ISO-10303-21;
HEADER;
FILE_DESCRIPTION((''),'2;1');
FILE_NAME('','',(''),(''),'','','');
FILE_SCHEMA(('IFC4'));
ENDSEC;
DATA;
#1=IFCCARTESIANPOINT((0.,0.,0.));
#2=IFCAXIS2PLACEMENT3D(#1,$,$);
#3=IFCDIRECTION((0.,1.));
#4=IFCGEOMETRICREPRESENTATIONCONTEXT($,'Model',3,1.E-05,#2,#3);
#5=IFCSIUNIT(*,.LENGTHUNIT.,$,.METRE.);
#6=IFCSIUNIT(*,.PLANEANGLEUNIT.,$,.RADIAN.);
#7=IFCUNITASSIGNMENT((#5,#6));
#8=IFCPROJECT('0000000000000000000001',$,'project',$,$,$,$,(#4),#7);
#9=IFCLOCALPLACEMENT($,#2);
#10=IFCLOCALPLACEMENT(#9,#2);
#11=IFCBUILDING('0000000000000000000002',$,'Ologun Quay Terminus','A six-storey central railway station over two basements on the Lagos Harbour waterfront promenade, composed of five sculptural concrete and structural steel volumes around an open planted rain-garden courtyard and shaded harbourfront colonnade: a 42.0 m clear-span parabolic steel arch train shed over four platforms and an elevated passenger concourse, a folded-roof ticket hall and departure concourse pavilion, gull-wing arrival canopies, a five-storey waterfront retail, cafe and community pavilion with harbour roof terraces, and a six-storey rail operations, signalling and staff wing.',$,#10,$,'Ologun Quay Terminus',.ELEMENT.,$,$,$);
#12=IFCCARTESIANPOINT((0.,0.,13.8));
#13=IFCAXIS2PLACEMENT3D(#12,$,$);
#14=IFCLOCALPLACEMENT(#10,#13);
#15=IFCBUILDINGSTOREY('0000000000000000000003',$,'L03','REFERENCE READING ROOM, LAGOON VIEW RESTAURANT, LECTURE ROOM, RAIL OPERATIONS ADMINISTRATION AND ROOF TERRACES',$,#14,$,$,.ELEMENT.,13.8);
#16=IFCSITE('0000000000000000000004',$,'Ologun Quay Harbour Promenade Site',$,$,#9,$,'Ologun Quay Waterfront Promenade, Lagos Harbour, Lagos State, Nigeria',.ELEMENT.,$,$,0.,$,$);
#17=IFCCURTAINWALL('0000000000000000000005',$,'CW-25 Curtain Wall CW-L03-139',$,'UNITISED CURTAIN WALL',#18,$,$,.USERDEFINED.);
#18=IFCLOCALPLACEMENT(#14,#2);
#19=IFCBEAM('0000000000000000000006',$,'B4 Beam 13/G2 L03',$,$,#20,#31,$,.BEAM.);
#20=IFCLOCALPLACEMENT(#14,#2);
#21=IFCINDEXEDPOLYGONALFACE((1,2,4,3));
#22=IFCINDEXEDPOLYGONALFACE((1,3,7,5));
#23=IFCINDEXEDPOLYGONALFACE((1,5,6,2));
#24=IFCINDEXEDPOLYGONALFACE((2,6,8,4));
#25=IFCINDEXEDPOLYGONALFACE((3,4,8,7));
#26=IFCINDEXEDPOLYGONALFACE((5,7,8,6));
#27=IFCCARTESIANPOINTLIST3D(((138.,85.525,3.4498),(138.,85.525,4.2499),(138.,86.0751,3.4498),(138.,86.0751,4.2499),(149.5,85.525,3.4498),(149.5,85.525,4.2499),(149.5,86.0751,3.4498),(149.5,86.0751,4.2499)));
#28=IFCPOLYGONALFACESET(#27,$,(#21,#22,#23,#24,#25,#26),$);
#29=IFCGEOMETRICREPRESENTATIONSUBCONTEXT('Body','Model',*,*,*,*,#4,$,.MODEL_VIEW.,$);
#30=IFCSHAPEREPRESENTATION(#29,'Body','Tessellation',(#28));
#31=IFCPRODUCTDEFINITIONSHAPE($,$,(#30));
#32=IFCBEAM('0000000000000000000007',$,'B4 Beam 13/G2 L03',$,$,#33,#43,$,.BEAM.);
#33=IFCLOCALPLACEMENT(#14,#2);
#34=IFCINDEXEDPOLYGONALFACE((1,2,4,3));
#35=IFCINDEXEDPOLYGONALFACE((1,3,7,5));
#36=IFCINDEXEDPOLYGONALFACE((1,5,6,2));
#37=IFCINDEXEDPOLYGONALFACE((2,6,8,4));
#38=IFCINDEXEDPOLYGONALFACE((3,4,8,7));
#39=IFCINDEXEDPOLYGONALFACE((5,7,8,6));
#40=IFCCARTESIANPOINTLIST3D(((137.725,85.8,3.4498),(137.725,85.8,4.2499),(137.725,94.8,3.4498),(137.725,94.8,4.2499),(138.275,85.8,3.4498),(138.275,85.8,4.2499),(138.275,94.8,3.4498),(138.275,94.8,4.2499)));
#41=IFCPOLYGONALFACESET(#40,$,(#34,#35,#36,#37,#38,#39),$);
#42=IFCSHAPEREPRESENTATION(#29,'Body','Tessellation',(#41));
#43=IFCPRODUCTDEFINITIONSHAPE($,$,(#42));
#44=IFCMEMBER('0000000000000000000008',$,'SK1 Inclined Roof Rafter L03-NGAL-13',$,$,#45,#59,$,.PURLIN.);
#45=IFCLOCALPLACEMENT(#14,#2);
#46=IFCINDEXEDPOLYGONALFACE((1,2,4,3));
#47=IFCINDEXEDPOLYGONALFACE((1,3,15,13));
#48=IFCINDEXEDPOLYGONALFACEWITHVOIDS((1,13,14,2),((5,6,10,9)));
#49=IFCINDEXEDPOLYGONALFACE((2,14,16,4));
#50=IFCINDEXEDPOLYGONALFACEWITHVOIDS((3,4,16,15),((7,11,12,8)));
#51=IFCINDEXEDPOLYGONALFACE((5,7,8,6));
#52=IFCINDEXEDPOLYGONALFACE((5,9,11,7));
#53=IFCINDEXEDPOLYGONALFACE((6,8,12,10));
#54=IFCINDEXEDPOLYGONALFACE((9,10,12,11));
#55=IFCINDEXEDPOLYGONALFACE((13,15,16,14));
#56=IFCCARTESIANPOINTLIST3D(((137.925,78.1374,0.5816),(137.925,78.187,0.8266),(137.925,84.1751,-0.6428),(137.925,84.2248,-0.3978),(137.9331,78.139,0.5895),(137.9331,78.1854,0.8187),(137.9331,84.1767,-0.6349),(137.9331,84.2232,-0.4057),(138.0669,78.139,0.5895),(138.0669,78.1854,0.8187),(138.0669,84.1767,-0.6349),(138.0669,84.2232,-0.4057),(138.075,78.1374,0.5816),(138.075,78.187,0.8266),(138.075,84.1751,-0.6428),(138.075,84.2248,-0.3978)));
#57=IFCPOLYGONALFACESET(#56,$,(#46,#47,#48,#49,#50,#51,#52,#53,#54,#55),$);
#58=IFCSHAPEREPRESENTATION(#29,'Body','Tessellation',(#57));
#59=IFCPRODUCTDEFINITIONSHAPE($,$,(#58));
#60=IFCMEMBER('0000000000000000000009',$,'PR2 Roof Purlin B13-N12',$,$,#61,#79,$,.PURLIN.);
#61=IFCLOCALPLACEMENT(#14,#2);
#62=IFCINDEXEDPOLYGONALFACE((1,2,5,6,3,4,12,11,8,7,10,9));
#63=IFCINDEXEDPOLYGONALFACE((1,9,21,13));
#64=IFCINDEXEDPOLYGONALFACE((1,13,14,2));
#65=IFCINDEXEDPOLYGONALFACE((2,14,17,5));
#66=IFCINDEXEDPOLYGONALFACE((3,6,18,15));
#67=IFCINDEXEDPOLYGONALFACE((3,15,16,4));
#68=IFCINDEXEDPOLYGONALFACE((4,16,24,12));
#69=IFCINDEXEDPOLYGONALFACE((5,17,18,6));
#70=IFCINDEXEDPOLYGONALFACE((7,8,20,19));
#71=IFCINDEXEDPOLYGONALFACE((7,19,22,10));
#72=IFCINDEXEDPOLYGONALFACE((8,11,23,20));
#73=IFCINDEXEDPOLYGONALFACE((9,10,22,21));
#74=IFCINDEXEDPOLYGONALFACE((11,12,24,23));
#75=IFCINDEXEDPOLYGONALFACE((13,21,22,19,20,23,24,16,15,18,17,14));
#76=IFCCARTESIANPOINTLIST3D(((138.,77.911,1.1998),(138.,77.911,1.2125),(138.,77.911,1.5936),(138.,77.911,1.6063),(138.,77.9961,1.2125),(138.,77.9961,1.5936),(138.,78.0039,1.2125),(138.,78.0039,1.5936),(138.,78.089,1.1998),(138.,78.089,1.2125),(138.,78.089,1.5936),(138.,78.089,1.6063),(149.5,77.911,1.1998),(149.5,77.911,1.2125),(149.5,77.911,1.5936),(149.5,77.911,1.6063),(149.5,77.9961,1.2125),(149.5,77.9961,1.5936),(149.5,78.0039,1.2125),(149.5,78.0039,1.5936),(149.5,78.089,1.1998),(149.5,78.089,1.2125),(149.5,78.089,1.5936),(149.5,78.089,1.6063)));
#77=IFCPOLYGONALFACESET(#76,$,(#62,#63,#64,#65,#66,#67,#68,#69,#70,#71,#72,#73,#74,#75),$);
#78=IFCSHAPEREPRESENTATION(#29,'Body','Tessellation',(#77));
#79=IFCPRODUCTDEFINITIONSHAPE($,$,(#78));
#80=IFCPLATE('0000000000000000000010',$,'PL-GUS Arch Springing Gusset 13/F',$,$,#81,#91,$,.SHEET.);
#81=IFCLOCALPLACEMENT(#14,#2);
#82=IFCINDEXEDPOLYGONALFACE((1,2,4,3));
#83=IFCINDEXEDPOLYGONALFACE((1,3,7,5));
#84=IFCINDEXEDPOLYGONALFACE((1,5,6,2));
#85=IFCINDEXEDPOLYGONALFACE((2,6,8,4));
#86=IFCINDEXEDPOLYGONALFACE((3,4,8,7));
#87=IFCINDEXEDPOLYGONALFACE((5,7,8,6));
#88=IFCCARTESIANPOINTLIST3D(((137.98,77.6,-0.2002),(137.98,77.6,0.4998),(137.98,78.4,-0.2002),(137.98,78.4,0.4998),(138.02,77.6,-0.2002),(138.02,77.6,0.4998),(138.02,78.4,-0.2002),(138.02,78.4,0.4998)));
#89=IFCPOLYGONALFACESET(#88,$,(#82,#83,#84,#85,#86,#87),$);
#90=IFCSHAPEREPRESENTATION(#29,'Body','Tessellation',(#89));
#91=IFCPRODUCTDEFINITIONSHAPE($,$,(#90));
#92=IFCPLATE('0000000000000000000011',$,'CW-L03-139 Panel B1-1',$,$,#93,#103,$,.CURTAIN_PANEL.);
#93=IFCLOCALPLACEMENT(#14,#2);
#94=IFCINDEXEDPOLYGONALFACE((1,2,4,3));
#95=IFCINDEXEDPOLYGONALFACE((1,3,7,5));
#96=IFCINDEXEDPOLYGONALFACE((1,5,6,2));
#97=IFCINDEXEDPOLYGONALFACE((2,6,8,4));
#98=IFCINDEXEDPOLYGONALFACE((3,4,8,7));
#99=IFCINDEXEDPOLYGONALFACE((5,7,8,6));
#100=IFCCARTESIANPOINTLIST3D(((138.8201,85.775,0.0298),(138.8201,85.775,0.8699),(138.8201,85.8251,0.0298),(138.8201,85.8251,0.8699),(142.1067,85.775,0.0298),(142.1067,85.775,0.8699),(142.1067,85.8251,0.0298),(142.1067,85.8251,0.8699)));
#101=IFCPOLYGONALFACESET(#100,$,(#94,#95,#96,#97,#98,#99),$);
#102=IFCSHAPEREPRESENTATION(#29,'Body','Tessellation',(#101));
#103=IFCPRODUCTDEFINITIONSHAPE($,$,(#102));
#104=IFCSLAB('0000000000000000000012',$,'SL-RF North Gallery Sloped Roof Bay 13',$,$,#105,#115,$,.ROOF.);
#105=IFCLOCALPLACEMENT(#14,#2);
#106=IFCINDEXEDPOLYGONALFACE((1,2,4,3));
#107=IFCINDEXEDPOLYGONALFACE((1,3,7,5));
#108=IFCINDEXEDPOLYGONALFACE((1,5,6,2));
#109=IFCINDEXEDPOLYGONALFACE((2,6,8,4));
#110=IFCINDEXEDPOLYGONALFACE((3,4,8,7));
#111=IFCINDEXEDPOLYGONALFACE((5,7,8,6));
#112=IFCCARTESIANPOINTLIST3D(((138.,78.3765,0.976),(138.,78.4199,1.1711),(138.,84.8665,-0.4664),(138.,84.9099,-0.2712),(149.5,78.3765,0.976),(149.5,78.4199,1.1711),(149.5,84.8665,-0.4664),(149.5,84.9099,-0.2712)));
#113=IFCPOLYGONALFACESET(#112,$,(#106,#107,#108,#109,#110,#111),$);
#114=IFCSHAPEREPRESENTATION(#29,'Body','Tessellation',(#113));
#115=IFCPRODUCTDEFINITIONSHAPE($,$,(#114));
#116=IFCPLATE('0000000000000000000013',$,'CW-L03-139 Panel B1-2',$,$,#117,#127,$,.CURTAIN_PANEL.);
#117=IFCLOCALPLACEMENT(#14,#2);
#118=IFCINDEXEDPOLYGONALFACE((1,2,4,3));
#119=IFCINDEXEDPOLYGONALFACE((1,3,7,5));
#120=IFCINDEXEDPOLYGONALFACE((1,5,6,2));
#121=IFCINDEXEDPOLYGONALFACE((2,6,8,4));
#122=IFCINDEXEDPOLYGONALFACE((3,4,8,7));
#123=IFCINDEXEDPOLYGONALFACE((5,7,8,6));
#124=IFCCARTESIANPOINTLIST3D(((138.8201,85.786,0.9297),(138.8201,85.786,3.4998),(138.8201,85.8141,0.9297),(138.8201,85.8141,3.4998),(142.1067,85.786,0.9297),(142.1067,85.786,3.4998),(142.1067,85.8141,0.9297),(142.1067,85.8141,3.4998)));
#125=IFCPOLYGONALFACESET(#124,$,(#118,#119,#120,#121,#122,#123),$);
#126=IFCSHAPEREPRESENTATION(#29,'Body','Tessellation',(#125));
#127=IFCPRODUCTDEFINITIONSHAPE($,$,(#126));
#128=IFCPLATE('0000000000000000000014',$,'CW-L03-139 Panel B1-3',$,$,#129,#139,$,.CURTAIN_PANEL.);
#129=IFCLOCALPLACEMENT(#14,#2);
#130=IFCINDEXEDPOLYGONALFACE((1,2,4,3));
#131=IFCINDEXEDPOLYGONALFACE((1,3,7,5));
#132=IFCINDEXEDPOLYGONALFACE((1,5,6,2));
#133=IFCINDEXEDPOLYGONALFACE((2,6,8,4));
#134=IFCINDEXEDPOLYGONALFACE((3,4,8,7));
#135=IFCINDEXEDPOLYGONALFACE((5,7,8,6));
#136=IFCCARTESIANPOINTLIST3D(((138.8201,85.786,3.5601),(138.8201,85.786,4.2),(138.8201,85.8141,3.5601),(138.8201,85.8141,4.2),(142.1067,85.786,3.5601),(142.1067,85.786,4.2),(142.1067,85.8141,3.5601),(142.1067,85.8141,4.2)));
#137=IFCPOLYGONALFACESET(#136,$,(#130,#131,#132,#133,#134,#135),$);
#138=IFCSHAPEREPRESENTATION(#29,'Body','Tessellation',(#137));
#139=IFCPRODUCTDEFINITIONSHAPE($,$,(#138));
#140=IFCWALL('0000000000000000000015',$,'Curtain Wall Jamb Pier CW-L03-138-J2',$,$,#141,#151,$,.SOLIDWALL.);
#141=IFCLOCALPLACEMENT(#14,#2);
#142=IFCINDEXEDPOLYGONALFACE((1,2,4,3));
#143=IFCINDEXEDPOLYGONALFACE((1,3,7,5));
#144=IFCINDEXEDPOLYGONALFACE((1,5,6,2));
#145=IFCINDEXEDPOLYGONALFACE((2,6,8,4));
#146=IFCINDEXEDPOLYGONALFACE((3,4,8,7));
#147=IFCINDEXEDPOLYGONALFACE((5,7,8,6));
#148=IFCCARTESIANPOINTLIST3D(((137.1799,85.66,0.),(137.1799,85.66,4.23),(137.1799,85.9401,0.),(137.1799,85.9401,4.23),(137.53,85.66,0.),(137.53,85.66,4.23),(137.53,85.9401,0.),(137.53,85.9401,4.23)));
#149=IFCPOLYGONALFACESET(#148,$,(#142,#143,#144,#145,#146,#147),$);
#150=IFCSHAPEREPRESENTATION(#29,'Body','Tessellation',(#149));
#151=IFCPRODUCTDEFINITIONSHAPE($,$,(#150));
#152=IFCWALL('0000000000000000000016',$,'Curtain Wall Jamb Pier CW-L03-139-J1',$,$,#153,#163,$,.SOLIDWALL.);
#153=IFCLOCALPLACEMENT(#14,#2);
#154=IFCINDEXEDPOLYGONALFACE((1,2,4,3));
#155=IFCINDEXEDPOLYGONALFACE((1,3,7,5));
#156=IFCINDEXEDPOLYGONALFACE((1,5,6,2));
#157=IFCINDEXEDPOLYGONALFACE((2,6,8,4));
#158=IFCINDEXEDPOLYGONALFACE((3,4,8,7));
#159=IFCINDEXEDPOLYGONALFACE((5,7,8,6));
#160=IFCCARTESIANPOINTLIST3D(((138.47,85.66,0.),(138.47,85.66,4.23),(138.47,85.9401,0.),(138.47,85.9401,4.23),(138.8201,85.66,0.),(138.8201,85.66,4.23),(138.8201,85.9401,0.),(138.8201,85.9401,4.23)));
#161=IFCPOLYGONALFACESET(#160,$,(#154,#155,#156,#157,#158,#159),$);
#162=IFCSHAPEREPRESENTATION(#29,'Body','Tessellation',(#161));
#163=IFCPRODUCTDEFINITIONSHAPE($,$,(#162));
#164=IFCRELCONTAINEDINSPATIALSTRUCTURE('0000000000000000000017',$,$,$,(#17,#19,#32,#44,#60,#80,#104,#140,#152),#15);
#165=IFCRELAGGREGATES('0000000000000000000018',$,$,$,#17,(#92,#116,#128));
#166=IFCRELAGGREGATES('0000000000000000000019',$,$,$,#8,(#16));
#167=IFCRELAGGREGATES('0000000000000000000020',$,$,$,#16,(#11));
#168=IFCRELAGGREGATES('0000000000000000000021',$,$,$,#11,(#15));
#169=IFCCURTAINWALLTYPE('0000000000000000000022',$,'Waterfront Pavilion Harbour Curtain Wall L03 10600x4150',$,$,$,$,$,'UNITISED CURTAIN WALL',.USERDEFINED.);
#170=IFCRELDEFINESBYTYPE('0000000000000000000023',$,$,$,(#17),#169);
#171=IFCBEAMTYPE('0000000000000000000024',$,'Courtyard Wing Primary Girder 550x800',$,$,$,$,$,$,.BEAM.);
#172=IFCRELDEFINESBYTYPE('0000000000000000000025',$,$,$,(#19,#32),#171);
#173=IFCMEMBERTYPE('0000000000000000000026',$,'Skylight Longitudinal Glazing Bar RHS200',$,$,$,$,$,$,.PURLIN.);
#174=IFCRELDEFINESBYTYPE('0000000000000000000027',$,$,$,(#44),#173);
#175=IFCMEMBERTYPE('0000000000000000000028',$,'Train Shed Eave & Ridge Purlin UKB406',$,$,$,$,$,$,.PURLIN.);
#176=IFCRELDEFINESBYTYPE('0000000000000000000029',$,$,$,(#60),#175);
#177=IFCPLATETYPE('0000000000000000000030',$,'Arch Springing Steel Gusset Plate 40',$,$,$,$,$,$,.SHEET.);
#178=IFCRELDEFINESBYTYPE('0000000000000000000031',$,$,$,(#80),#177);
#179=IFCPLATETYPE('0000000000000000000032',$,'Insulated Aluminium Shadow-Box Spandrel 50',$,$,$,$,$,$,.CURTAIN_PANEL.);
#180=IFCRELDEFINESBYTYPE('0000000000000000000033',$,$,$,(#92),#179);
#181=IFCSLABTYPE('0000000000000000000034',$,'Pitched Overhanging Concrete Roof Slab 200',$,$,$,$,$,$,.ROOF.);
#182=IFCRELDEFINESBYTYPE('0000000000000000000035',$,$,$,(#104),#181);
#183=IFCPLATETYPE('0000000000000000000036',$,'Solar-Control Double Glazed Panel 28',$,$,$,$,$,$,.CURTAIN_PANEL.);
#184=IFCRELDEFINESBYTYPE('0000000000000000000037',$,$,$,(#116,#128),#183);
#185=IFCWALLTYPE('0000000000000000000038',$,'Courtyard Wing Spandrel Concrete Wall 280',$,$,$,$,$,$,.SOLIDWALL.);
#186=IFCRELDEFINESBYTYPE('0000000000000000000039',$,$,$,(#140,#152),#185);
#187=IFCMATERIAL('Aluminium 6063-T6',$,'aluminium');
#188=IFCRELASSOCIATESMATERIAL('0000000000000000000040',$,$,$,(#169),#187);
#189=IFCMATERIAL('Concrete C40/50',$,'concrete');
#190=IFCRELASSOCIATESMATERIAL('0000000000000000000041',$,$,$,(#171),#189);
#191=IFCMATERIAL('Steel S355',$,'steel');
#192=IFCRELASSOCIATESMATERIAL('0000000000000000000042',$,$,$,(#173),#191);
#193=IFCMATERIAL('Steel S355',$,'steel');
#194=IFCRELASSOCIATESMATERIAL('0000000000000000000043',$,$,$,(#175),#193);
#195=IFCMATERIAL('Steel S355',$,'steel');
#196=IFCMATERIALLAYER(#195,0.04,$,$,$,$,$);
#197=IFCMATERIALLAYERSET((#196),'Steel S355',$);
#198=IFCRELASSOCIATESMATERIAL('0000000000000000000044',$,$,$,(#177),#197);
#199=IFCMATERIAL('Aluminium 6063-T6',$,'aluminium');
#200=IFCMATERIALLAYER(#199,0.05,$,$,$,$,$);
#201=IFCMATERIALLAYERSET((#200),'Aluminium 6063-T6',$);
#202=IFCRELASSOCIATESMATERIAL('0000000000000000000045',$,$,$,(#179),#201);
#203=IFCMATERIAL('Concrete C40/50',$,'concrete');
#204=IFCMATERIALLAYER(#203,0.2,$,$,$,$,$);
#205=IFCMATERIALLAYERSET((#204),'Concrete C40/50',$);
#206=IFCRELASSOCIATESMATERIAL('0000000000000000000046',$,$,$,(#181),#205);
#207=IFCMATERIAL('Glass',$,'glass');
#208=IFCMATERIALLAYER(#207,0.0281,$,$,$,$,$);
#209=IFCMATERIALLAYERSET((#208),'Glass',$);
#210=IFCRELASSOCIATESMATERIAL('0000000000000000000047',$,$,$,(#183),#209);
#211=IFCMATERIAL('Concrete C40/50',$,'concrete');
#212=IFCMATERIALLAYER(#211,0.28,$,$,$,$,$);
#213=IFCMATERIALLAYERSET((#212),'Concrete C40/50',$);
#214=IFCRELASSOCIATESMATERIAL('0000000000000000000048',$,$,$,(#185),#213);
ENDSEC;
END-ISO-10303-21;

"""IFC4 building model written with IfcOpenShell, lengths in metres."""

from ifc_helpers import new_model, si_unit, direction, frame, frame_2d, origin, origin_2d, place, context, subcontext, project, spatial, polyline, rectangle, hollow_rectangle, i_section, outline, extrude, material, layer, layer_set, material_profile, profile_set, type_object, element, aggregate, save


model = new_model("IFC4")

# Units and contexts
model_context = context("Model", 3, precision=1e-05, world=origin(), true_north=direction((0.0, 1.0)))
body_context = subcontext(model_context, "Body", "Model", "MODEL_VIEW")
ifc_project = project(units=[si_unit("LENGTHUNIT", "METRE"), si_unit("PLANEANGLEUNIT", "RADIAN")], contexts=[model_context])

# Site, building, storey
site_placement = place(None, origin())
site = spatial("IfcSite", under=ifc_project, at=site_placement, Name="Ologun Quay Harbour Promenade Site", LongName="Ologun Quay Waterfront Promenade, Lagos Harbour, Lagos State, Nigeria", CompositionType="ELEMENT", RefElevation=0.0)
building_placement = place(site_placement, origin())
building = spatial("IfcBuilding", under=site, at=building_placement, Name="Ologun Quay Terminus", Description="A six-storey central railway station over two basements on the Lagos Harbour waterfront promenade, composed of five sculptural concrete and structural steel volumes around an open planted rain-garden courtyard and shaded harbourfront colonnade: a 42.0 m clear-span parabolic steel arch train shed over four platforms and an elevated passenger concourse, a folded-roof ticket hall and departure concourse pavilion, gull-wing arrival canopies, a five-storey waterfront retail, cafe and community pavilion with harbour roof terraces, and a six-storey rail operations, signalling and staff wing.", LongName="Ologun Quay Terminus", CompositionType="ELEMENT")
storey_placement = place(building_placement, frame((0.0, 0.0, 13.8)))
storey = spatial("IfcBuildingStorey", under=building, at=storey_placement, Name="L03", Description="REFERENCE READING ROOM, LAGOON VIEW RESTAURANT, LECTURE ROOM, RAIL OPERATIONS ADMINISTRATION AND ROOF TERRACES", CompositionType="ELEMENT", Elevation=13.8)

# Shared definitions
ifc_material_1 = material(Name="Aluminium 6063-T6", Category="aluminium")
curtain_wall_type = type_object("IfcCurtainWallType", Name="Waterfront Pavilion Harbour Curtain Wall L03 10600x4150", ElementType="UNITISED CURTAIN WALL", PredefinedType="USERDEFINED", material=ifc_material_1)

# Curtain wall
curtain_wall_1_placement = place(storey_placement, origin())
curtain_wall_1 = element("IfcCurtainWall", 1, at=curtain_wall_1_placement, inside=storey, type_object=curtain_wall_type, Name="CW-25 Curtain Wall CW-L03-139", ObjectType="UNITISED CURTAIN WALL", PredefinedType="USERDEFINED")

# Beams
ifc_material_2 = material(Name="Concrete C40/50", Category="concrete")
ifc_material_profile_1 = material_profile(ifc_material_2, rectangle(XDim=0.55, YDim=0.8, at=origin_2d()), Name="RC 550x800")
ifc_profile_set_1 = profile_set([ifc_material_profile_1], Name="Concrete C40/50")
beam_type = type_object("IfcBeamType", Name="Courtyard Wing Primary Girder 550x800", PredefinedType="BEAM", material=ifc_profile_set_1)
beam_1_placement = place(storey_placement, frame((138.0, 85.8, 3.8499), z_axis=(1.0, 0.0, 0.0), x_axis=(0.0, 1.0, 0.0)))
element("IfcBeam", 2, at=beam_1_placement, inside=storey, type_object=beam_type, Name="B4 Beam 13/G2 L03", PredefinedType="BEAM", context=body_context, shape_type="SweptSolid", body=[
    extrude(rectangle(XDim=0.55, YDim=0.8, at=origin_2d()), origin(), (0.0, 0.0, 1.0), 11.5),
])
beam_2_placement = place(storey_placement, frame((138.0, 85.8, 3.8499), z_axis=(0.0, 1.0, 0.0), x_axis=(-1.0, 0.0, 0.0)))
element("IfcBeam", 3, at=beam_2_placement, inside=storey, type_object=beam_type, Name="B4 Beam 13/G2 L03", PredefinedType="BEAM", context=body_context, shape_type="SweptSolid", body=[
    extrude(rectangle(XDim=0.55, YDim=0.8, at=origin_2d()), origin(), (0.0, 0.0, 1.0), 9.0),
])

# Members
ifc_material_3 = material(Name="Steel S355", Category="steel")
ifc_material_profile_2 = material_profile(ifc_material_3, hollow_rectangle(XDim=0.1499, YDim=0.25, WallThickness=0.0081, at=origin_2d()), Name="RHS 250x150x8")
ifc_profile_set_2 = profile_set([ifc_material_profile_2], Name="Steel S355")
member_type_1 = type_object("IfcMemberType", Name="Skylight Longitudinal Glazing Bar RHS200", PredefinedType="PURLIN", material=ifc_profile_set_2)
member_1_placement = place(storey_placement, frame((138.0, 84.2, -0.5203), z_axis=(0.0, -0.980053, 0.198737), x_axis=(1.0, 0.0, 0.0)))
element("IfcMember", 4, at=member_1_placement, inside=storey, type_object=member_type_1, Name="SK1 Inclined Roof Rafter L03-NGAL-13", PredefinedType="PURLIN", context=body_context, shape_type="SweptSolid", body=[
    extrude(hollow_rectangle(XDim=0.1499, YDim=0.25, WallThickness=0.0081, at=origin_2d()), origin(), (0.0, 0.0, 1.0), 6.1606),
])
ifc_material_4 = material(Name="Steel S355", Category="steel")
ifc_material_profile_3 = material_profile(ifc_material_4, i_section(OverallWidth=0.178, OverallDepth=0.4065, WebThickness=0.0078, FlangeThickness=0.0127, at=origin_2d()), Name="UKB 406x178x60")
ifc_profile_set_3 = profile_set([ifc_material_profile_3], Name="Steel S355")
member_type_2 = type_object("IfcMemberType", Name="Train Shed Eave & Ridge Purlin UKB406", PredefinedType="PURLIN", material=ifc_profile_set_3)
member_2_placement = place(storey_placement, frame((138.0, 78.0, 1.4031), z_axis=(1.0, 0.0, 0.0), x_axis=(0.0, 1.0, 0.0)))
element("IfcMember", 5, at=member_2_placement, inside=storey, type_object=member_type_2, Name="PR2 Roof Purlin B13-N12", PredefinedType="PURLIN", context=body_context, shape_type="SweptSolid", body=[
    extrude(i_section(OverallWidth=0.178, OverallDepth=0.4065, WebThickness=0.0078, FlangeThickness=0.0127, at=origin_2d()), origin(), (0.0, 0.0, 1.0), 11.5),
])

# Plates
ifc_material_5 = material(Name="Steel S355", Category="steel")
ifc_layer_1 = layer(ifc_material_5, 0.04)
ifc_layer_set_1 = layer_set([ifc_layer_1], Name="Steel S355")
plate_type_1 = type_object("IfcPlateType", Name="Arch Springing Steel Gusset Plate 40", PredefinedType="SHEET", material=ifc_layer_set_1)
plate_1_placement = place(storey_placement, frame((138.0, 78.0, -0.2002), z_axis=(0.0, 0.0, 1.0), x_axis=(0.0, 1.0, 0.0)))
element("IfcPlate", 6, at=plate_1_placement, inside=storey, type_object=plate_type_1, Name="PL-GUS Arch Springing Gusset 13/F", PredefinedType="SHEET", context=body_context, shape_type="SweptSolid", body=[
    extrude(rectangle(XDim=0.8, YDim=0.04, at=origin_2d()), origin(), (0.0, 0.0, 1.0), 0.7),
])
ifc_material_6 = material(Name="Aluminium 6063-T6", Category="aluminium")
ifc_layer_2 = layer(ifc_material_6, 0.05)
ifc_layer_set_2 = layer_set([ifc_layer_2], Name="Aluminium 6063-T6")
plate_type_2 = type_object("IfcPlateType", Name="Insulated Aluminium Shadow-Box Spandrel 50", PredefinedType="CURTAIN_PANEL", material=ifc_layer_set_2)
plate_2_placement = place(storey_placement, frame((140.4634, 85.8, 0.0298), z_axis=(0.0, 0.0, 1.0), x_axis=(1.0, 0.0, 0.0)))
plate_2 = element("IfcPlate", 7, at=plate_2_placement, type_object=plate_type_2, Name="CW-L03-139 Panel B1-1", PredefinedType="CURTAIN_PANEL", context=body_context, shape_type="SweptSolid", body=[
    extrude(rectangle(XDim=3.2866, YDim=0.05, at=origin_2d()), origin(), (0.0, 0.0, 1.0), 0.8401),
])

# Slab
ifc_material_7 = material(Name="Concrete C40/50", Category="concrete")
ifc_layer_3 = layer(ifc_material_7, 0.2)
ifc_layer_set_3 = layer_set([ifc_layer_3], Name="Concrete C40/50")
slab_type = type_object("IfcSlabType", Name="Pitched Overhanging Concrete Roof Slab 200", PredefinedType="ROOF", material=ifc_layer_set_3)
slab_placement = place(storey_placement, frame((138.0, 84.9099, -0.2712), z_axis=(0.0, 0.216954, 0.976182), x_axis=(1.0, 0.0, 0.0)))
element("IfcSlab", 8, at=slab_placement, inside=storey, type_object=slab_type, Name="SL-RF North Gallery Sloped Roof Bay 13", PredefinedType="ROOF", context=body_context, shape_type="SweptSolid", body=[
    extrude(outline(polyline([(0.0, 0.0), (11.5, 0.0), (11.5, -6.6483), (0.0, -6.6483), (0.0, 0.0)])), origin(), (0.0, 0.0, -1.0), 0.2),
])

# Plates
ifc_material_8 = material(Name="Glass", Category="glass")
ifc_layer_4 = layer(ifc_material_8, 0.0281)
ifc_layer_set_4 = layer_set([ifc_layer_4], Name="Glass")
plate_type_3 = type_object("IfcPlateType", Name="Solar-Control Double Glazed Panel 28", PredefinedType="CURTAIN_PANEL", material=ifc_layer_set_4)
plate_3_placement = place(storey_placement, frame((140.4634, 85.8, 0.9297), z_axis=(0.0, 0.0, 1.0), x_axis=(1.0, 0.0, 0.0)))
plate_3 = element("IfcPlate", 9, at=plate_3_placement, type_object=plate_type_3, Name="CW-L03-139 Panel B1-2", PredefinedType="CURTAIN_PANEL", context=body_context, shape_type="SweptSolid", body=[
    extrude(rectangle(XDim=3.2866, YDim=0.0281, at=origin_2d()), origin(), (0.0, 0.0, 1.0), 2.5701),
])
plate_4_placement = place(storey_placement, frame((140.4634, 85.8, 3.5601), z_axis=(0.0, 0.0, 1.0), x_axis=(1.0, 0.0, 0.0)))
plate_4 = element("IfcPlate", 10, at=plate_4_placement, type_object=plate_type_3, Name="CW-L03-139 Panel B1-3", PredefinedType="CURTAIN_PANEL", context=body_context, shape_type="SweptSolid", body=[
    extrude(rectangle(XDim=3.2866, YDim=0.0281, at=origin_2d()), origin(), (0.0, 0.0, 1.0), 0.6399),
])
aggregate(curtain_wall_1, [plate_2, plate_3, plate_4])

# Walls
ifc_material_9 = material(Name="Concrete C40/50", Category="concrete")
ifc_layer_5 = layer(ifc_material_9, 0.28)
ifc_layer_set_5 = layer_set([ifc_layer_5], Name="Concrete C40/50")
wall_type = type_object("IfcWallType", Name="Courtyard Wing Spandrel Concrete Wall 280", PredefinedType="SOLIDWALL", material=ifc_layer_set_5)
for number, where, z_axis, x_axis, name in (
    (11, (137.1799, 85.8, 0.0), (0.0, 0.0, 1.0), (1.0, 0.0, 0.0), "Curtain Wall Jamb Pier CW-L03-138-J2"),
    (12, (138.47, 85.8, 0.0), (0.0, 0.0, 1.0), (1.0, 0.0, 0.0), "Curtain Wall Jamb Pier CW-L03-139-J1"),
):
    element("IfcWall", number, at=place(storey_placement, frame(where, z_axis=z_axis, x_axis=x_axis)), inside=storey, type_object=wall_type, Name=name, PredefinedType="SOLIDWALL", context=body_context, shape_type="SweptSolid", body=[
        extrude(rectangle(XDim=0.3501, YDim=0.28, at=frame_2d((0.175, 0.0))), origin(), (0.0, 0.0, 1.0), 4.23),
    ])

save(model, "model.ifc")
